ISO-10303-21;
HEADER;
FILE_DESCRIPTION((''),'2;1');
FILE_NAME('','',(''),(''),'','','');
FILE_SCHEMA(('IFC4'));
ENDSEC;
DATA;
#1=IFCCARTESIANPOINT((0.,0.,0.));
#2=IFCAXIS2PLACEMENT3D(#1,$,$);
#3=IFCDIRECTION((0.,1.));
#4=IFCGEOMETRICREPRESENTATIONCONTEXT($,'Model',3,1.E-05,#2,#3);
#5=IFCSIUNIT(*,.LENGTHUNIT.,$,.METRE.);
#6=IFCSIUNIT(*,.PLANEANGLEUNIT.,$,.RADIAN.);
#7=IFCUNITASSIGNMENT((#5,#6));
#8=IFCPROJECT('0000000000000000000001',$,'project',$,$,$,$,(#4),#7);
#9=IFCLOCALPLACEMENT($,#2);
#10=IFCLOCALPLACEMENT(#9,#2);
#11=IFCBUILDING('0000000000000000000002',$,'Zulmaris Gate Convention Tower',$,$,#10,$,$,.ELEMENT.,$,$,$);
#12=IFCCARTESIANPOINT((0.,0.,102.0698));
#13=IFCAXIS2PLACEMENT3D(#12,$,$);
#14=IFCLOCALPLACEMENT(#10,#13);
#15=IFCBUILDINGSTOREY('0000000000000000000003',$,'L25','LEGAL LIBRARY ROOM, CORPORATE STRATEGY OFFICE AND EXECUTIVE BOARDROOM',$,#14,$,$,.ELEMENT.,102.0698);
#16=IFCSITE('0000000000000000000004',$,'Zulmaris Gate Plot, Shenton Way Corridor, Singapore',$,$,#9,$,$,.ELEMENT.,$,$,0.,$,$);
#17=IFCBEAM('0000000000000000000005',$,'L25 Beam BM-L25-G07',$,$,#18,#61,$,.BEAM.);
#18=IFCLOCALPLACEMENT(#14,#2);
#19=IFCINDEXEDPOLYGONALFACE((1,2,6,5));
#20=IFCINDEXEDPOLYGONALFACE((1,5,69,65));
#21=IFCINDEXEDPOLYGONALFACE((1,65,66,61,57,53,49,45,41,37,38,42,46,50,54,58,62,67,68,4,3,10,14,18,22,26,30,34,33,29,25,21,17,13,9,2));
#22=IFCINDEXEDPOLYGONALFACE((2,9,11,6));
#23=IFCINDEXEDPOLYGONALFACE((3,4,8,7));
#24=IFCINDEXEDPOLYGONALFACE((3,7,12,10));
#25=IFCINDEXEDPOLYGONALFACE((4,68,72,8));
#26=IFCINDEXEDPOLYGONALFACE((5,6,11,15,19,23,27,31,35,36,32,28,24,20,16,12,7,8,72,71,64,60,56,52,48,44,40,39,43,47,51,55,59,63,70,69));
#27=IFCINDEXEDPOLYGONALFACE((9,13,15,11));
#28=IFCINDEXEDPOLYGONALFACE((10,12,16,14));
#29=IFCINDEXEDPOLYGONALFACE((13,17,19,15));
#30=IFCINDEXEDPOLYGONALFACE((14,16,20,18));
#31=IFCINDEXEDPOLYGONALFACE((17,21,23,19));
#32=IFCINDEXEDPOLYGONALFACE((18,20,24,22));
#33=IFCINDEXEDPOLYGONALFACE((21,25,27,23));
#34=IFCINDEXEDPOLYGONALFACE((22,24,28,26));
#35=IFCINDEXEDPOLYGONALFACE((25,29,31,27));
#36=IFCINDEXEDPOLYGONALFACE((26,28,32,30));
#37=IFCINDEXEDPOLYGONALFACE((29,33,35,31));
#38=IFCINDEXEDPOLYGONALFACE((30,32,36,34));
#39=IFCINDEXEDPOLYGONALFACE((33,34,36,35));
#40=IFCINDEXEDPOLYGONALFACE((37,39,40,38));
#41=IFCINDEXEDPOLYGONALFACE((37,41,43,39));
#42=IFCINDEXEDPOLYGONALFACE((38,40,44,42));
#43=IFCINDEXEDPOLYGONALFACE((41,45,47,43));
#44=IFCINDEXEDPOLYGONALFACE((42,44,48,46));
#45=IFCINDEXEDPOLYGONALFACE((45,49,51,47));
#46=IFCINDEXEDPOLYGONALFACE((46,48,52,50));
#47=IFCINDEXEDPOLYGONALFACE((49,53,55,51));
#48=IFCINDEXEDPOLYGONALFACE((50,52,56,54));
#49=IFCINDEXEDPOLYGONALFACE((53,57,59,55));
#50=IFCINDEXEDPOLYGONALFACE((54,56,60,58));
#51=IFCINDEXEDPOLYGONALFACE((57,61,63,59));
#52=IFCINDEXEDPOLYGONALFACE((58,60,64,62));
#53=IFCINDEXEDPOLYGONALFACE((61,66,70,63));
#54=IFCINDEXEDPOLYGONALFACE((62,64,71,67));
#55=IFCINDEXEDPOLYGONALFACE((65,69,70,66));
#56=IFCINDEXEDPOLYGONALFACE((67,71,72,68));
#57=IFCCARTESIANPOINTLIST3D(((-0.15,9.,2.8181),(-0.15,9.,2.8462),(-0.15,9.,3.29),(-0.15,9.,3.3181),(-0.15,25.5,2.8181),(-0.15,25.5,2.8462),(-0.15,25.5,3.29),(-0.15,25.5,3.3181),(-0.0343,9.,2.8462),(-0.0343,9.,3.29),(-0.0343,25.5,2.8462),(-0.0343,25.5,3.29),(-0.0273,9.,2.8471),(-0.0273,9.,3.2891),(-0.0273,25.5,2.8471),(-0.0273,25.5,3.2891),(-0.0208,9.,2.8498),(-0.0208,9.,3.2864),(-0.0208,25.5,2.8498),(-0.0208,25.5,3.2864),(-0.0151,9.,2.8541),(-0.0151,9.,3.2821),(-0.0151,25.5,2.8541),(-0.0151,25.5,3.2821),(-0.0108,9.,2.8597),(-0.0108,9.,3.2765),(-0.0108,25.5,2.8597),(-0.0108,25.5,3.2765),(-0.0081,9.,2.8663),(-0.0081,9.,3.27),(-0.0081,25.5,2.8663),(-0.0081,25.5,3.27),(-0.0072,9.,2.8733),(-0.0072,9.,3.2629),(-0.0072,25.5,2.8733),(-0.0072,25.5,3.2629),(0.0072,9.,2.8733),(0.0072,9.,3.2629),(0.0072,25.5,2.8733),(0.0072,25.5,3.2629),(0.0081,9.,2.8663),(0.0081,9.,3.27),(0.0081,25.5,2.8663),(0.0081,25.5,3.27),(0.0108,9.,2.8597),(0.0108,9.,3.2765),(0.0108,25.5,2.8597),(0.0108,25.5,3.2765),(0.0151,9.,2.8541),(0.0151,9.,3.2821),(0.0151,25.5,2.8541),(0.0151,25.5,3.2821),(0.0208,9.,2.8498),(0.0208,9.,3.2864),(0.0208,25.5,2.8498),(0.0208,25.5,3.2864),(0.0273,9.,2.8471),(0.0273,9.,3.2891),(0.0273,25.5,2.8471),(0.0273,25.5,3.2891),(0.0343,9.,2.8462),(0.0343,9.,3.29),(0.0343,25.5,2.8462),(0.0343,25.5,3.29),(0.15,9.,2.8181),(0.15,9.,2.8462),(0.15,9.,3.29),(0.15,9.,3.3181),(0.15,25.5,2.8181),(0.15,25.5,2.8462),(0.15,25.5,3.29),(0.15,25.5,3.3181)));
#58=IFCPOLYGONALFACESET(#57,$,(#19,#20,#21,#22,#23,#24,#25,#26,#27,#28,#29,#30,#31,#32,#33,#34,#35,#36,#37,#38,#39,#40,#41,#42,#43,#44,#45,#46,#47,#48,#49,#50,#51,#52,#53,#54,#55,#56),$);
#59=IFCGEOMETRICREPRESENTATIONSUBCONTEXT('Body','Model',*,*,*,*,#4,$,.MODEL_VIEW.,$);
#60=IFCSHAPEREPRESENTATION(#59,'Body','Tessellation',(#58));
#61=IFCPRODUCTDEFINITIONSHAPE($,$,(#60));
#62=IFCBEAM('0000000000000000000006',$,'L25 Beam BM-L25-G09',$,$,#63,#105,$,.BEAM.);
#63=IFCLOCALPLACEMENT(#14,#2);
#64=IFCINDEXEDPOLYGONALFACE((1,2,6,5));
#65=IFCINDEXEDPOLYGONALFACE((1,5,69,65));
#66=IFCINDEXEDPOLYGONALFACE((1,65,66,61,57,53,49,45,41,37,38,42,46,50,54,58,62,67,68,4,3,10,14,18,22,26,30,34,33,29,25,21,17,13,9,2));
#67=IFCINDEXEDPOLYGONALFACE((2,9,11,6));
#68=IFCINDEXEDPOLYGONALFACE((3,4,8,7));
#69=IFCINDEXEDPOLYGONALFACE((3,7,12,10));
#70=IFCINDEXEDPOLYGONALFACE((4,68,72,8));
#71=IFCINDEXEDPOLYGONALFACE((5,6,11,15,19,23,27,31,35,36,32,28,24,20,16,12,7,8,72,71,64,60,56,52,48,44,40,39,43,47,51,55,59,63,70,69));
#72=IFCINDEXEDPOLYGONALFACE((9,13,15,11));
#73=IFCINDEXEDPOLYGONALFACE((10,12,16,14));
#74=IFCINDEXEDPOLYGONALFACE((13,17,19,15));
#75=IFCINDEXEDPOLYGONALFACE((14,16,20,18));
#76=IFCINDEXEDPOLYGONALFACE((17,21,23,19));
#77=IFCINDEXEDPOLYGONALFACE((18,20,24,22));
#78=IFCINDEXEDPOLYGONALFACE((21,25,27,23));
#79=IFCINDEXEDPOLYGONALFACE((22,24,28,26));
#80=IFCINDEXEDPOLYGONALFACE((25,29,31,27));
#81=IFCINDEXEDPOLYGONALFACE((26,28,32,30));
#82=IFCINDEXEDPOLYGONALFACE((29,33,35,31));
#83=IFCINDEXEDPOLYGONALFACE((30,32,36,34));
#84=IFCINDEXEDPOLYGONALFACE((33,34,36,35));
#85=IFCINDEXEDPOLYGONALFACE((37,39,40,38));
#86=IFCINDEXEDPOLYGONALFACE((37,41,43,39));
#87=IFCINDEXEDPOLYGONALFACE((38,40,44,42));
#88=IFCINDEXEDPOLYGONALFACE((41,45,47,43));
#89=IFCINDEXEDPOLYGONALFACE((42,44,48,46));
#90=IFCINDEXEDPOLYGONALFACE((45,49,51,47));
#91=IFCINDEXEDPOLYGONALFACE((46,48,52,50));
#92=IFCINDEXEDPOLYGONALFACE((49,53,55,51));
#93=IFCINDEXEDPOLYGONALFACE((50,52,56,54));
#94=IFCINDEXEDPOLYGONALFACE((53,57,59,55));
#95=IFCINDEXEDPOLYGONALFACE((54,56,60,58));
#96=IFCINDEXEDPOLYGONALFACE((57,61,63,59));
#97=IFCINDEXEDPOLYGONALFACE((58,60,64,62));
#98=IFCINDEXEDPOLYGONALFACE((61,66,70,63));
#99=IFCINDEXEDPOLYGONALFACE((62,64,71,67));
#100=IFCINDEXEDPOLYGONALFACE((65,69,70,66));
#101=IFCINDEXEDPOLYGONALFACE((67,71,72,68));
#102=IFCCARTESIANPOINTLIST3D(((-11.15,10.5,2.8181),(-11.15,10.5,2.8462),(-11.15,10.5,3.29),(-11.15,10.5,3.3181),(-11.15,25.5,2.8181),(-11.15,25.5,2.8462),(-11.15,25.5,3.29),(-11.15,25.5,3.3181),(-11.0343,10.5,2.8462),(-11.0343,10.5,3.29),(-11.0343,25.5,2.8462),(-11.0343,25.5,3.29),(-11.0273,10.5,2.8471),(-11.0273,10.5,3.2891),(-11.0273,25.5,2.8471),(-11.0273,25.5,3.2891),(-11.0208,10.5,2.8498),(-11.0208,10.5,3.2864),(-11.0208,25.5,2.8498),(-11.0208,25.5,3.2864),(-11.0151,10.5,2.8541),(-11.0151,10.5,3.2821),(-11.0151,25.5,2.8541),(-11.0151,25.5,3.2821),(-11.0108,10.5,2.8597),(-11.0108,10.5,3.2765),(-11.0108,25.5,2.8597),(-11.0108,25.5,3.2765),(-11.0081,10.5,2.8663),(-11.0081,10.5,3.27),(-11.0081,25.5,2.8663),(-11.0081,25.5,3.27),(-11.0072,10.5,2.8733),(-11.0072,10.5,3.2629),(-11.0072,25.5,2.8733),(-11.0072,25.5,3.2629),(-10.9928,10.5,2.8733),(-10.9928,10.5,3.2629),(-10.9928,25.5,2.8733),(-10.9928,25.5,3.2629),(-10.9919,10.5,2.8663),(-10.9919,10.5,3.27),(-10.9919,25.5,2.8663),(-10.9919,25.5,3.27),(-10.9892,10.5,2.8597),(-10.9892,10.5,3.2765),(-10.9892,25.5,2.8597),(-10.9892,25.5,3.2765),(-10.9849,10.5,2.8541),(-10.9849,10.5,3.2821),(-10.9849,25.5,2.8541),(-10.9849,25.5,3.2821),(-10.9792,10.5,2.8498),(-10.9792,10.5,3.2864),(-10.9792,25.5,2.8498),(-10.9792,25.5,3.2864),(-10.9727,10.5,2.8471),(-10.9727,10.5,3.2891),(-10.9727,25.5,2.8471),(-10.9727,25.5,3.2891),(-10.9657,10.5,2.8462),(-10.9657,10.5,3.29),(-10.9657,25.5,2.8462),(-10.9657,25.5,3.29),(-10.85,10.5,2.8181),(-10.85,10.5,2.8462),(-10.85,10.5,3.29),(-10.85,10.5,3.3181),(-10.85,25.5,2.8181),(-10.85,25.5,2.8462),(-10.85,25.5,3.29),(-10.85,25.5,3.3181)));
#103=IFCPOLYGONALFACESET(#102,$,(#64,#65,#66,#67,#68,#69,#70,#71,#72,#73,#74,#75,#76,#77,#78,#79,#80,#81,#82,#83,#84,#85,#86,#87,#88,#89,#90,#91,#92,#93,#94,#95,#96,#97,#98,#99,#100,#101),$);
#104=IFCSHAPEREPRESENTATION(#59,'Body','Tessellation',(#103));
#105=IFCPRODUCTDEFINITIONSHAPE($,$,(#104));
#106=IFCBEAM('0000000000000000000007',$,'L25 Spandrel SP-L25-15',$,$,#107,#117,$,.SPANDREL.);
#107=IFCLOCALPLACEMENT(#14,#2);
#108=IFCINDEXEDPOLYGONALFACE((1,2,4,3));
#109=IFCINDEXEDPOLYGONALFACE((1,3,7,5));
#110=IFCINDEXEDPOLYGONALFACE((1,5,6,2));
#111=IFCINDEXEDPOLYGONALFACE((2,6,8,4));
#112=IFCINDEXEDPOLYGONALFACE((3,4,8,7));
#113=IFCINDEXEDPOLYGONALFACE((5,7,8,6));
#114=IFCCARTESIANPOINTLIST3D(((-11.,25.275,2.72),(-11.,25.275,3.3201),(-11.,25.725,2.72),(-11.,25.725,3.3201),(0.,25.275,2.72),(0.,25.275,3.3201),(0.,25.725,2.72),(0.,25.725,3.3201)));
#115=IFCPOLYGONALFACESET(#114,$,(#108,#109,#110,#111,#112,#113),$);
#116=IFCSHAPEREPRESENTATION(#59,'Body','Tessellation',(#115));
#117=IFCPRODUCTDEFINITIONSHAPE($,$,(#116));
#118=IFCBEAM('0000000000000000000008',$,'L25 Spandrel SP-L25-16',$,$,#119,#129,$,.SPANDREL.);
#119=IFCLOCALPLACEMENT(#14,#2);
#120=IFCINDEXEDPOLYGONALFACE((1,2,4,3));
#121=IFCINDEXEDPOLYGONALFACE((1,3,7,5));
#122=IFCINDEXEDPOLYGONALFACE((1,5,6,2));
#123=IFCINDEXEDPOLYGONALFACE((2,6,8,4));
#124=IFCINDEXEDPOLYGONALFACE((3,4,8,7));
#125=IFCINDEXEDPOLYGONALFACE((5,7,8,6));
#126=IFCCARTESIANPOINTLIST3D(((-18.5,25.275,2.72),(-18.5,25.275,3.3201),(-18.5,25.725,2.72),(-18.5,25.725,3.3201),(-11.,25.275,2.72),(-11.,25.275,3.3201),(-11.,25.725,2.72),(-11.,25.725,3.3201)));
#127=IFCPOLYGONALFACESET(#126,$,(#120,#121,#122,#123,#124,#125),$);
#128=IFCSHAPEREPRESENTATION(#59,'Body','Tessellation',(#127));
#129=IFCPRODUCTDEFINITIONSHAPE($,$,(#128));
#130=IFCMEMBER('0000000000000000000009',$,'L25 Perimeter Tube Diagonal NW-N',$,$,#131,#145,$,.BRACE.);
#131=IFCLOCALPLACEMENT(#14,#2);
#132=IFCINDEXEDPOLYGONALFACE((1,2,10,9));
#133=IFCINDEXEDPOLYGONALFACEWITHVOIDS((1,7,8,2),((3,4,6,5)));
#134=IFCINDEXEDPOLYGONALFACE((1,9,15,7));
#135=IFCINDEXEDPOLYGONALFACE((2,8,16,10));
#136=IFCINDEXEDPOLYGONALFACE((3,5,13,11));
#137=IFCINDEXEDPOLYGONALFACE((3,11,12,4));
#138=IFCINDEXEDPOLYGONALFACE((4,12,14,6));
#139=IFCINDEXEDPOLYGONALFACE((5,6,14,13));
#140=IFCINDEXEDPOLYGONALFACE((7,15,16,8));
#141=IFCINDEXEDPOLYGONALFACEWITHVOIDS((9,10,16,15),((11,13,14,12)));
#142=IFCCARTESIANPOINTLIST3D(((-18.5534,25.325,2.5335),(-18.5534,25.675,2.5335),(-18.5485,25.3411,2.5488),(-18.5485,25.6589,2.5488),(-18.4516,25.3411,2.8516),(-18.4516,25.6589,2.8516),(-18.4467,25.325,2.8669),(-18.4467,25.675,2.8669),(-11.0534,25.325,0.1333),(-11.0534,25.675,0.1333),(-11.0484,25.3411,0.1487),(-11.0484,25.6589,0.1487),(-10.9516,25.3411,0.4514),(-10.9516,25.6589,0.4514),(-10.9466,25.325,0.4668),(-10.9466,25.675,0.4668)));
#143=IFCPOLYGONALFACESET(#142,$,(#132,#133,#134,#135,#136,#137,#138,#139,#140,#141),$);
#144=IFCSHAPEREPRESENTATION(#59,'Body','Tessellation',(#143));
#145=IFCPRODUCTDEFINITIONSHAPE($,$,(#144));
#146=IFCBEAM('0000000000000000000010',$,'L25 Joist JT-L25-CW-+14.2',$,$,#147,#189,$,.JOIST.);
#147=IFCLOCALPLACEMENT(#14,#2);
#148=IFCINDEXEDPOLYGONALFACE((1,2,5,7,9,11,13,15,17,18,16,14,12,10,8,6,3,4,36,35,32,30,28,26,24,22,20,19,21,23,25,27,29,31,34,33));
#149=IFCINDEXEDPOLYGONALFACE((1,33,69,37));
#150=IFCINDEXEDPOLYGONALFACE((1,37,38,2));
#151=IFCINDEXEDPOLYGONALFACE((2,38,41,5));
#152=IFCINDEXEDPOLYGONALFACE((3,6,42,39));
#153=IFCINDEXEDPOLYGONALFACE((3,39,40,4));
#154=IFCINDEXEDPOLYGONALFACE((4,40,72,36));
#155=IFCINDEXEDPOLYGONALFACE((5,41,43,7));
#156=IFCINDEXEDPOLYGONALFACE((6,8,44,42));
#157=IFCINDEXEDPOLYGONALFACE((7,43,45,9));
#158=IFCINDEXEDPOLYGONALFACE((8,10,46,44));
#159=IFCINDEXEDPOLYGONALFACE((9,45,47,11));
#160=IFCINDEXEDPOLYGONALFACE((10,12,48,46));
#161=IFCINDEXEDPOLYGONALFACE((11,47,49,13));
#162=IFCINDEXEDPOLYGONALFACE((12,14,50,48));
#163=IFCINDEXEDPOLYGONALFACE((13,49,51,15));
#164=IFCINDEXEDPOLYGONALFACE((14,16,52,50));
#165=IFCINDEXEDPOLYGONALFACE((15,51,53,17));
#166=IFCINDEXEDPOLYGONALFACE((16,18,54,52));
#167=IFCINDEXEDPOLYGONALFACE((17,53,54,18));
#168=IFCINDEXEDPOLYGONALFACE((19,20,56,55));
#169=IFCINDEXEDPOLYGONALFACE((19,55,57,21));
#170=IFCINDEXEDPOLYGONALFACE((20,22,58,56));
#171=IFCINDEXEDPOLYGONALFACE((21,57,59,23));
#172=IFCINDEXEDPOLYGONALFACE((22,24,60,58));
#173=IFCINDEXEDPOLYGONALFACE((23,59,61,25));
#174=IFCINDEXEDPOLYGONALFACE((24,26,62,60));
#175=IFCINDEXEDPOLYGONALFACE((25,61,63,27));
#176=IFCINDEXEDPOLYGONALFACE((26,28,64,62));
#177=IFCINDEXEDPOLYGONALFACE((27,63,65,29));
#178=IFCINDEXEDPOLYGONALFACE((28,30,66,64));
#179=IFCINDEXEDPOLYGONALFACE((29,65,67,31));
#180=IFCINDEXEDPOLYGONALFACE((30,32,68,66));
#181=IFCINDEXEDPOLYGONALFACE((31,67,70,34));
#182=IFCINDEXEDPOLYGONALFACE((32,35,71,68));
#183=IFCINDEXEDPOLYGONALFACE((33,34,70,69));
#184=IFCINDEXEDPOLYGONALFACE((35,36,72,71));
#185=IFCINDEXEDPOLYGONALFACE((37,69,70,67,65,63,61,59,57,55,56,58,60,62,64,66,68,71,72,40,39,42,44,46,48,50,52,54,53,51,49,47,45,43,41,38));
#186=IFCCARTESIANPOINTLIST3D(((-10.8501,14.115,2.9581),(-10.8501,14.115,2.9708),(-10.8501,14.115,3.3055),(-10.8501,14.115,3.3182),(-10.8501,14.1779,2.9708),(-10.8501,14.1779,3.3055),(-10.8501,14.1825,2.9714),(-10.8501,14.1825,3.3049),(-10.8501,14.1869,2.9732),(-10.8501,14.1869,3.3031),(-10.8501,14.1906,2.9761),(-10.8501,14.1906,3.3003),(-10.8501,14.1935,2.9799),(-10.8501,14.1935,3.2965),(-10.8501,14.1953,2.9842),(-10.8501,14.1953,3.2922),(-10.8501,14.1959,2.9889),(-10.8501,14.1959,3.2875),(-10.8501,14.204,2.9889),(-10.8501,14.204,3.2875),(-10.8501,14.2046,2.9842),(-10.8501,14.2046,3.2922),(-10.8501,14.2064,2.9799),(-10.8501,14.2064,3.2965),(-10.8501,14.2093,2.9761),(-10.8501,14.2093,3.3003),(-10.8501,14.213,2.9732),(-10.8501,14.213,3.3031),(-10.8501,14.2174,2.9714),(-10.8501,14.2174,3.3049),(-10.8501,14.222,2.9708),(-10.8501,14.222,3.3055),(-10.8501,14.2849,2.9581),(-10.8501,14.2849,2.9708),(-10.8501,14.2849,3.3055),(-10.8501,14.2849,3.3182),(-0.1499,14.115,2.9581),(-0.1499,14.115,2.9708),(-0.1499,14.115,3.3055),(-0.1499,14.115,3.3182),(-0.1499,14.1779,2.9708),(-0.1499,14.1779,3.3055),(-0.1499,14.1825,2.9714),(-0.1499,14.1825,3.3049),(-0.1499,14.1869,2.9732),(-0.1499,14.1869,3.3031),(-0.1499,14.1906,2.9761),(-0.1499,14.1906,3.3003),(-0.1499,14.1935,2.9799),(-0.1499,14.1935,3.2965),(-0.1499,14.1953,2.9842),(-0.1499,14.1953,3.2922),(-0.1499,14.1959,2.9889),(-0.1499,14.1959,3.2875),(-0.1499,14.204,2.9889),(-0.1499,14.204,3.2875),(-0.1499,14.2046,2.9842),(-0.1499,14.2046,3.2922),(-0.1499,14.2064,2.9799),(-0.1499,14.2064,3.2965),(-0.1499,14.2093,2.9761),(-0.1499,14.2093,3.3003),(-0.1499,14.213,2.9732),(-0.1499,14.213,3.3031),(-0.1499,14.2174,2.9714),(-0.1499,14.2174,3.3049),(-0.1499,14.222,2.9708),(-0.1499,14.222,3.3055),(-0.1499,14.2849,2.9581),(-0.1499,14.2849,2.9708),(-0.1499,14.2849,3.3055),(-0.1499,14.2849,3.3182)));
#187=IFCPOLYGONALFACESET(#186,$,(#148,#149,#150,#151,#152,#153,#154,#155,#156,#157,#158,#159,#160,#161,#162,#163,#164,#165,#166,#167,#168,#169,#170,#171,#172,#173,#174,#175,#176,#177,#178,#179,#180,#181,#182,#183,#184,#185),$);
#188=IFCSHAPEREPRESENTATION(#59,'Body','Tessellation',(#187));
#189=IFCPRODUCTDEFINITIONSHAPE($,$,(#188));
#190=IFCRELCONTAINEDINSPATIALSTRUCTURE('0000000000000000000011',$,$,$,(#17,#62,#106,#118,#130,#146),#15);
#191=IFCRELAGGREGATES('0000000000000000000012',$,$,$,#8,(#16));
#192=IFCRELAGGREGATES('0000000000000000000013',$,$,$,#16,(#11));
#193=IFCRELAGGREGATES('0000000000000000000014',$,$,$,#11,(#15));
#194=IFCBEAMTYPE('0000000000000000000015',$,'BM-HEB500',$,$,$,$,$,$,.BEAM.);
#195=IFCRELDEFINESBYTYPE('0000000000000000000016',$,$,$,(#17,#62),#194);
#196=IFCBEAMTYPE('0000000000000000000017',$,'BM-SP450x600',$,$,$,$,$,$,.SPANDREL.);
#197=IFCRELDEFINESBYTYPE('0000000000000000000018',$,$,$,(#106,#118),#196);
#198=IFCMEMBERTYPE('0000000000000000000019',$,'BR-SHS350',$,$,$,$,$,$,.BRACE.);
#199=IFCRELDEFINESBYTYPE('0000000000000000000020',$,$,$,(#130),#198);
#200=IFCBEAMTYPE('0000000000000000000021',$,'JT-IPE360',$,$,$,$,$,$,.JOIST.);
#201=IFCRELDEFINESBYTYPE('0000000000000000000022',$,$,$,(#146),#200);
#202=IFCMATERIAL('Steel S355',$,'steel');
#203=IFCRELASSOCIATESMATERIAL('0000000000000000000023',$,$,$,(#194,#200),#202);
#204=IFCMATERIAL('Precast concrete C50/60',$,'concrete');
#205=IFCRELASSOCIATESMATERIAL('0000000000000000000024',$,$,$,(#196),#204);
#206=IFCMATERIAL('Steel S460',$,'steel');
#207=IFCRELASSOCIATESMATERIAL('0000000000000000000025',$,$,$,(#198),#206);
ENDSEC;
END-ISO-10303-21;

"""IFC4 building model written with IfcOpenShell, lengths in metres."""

from ifc_helpers import new_model, si_unit, direction, frame, origin, origin_2d, place, context, subcontext, project, spatial, rectangle, hollow_rectangle, i_section, extrude, material, material_profile, profile_set, type_object, element, save


model = new_model("IFC4")

# Units and contexts
model_context = context("Model", 3, precision=1e-05, world=origin(), true_north=direction((0.0, 1.0)))
body_context = subcontext(model_context, "Body", "Model", "MODEL_VIEW")
ifc_project = project(units=[si_unit("LENGTHUNIT", "METRE"), si_unit("PLANEANGLEUNIT", "RADIAN")], contexts=[model_context])

# Site, building, storey
site_placement = place(None, origin())
site = spatial("IfcSite", under=ifc_project, at=site_placement, Name="Zulmaris Gate Plot, Shenton Way Corridor, Singapore", CompositionType="ELEMENT", RefElevation=0.0)
building_placement = place(site_placement, origin())
building = spatial("IfcBuilding", under=site, at=building_placement, Name="Zulmaris Gate Convention Tower", CompositionType="ELEMENT")
storey_placement = place(building_placement, frame((0.0, 0.0, 102.0698)))
storey = spatial("IfcBuildingStorey", under=building, at=storey_placement, Name="L25", Description="LEGAL LIBRARY ROOM, CORPORATE STRATEGY OFFICE AND EXECUTIVE BOARDROOM", CompositionType="ELEMENT", Elevation=102.0698)

# Beams
ifc_material_1 = material(Name="Steel S355", Category="steel")
ifc_material_profile_1 = material_profile(ifc_material_1, i_section(OverallWidth=0.3, OverallDepth=0.5, WebThickness=0.0144, FlangeThickness=0.0281, FilletRadius=0.0271, at=origin_2d()), Name="HEB 500")
ifc_profile_set_1 = profile_set([ifc_material_profile_1], Name="Steel S355")
beam_type_1 = type_object("IfcBeamType", Name="BM-HEB500", PredefinedType="BEAM", material=ifc_profile_set_1)
beam_1_placement = place(storey_placement, frame((0.0, 9.0, 3.0681), z_axis=(0.0, 1.0, 0.0), x_axis=(-1.0, 0.0, 0.0)))
element("IfcBeam", 1, at=beam_1_placement, inside=storey, type_object=beam_type_1, Name="L25 Beam BM-L25-G07", PredefinedType="BEAM", context=body_context, shape_type="SweptSolid", body=[
    extrude(i_section(OverallWidth=0.3, OverallDepth=0.5, WebThickness=0.0144, FlangeThickness=0.0281, FilletRadius=0.0271, at=origin_2d()), origin(), (0.0, 0.0, 1.0), 16.5),
])
beam_2_placement = place(storey_placement, frame((-11.0, 10.5, 3.0681), z_axis=(0.0, 1.0, 0.0), x_axis=(-1.0, 0.0, 0.0)))
element("IfcBeam", 2, at=beam_2_placement, inside=storey, type_object=beam_type_1, Name="L25 Beam BM-L25-G09", PredefinedType="BEAM", context=body_context, shape_type="SweptSolid", body=[
    extrude(i_section(OverallWidth=0.3, OverallDepth=0.5, WebThickness=0.0144, FlangeThickness=0.0281, FilletRadius=0.0271, at=origin_2d()), origin(), (0.0, 0.0, 1.0), 15.0),
])
ifc_material_2 = material(Name="Precast concrete C50/60", Category="concrete")
ifc_material_profile_2 = material_profile(ifc_material_2, rectangle(XDim=0.45, YDim=0.6001, at=origin_2d()), Name="RC SPANDREL 450x600")
ifc_profile_set_2 = profile_set([ifc_material_profile_2], Name="Precast concrete C50/60")
beam_type_2 = type_object("IfcBeamType", Name="BM-SP450x600", PredefinedType="SPANDREL", material=ifc_profile_set_2)
beam_3_placement = place(storey_placement, frame((0.0, 25.5, 3.02), z_axis=(-1.0, 0.0, 0.0), x_axis=(0.0, -1.0, 0.0)))
element("IfcBeam", 3, at=beam_3_placement, inside=storey, type_object=beam_type_2, Name="L25 Spandrel SP-L25-15", PredefinedType="SPANDREL", context=body_context, shape_type="SweptSolid", body=[
    extrude(rectangle(XDim=0.45, YDim=0.6001, at=origin_2d()), origin(), (0.0, 0.0, 1.0), 11.0),
])
beam_4_placement = place(storey_placement, frame((-11.0, 25.5, 3.02), z_axis=(-1.0, 0.0, 0.0), x_axis=(0.0, -1.0, 0.0)))
element("IfcBeam", 4, at=beam_4_placement, inside=storey, type_object=beam_type_2, Name="L25 Spandrel SP-L25-16", PredefinedType="SPANDREL", context=body_context, shape_type="SweptSolid", body=[
    extrude(rectangle(XDim=0.45, YDim=0.6001, at=origin_2d()), origin(), (0.0, 0.0, 1.0), 7.5),
])

# Member
ifc_material_3 = material(Name="Steel S460", Category="steel")
ifc_material_profile_3 = material_profile(ifc_material_3, hollow_rectangle(XDim=0.3501, YDim=0.3501, WallThickness=0.0161, at=origin_2d()), Name="SHS 350x350x16")
ifc_profile_set_3 = profile_set([ifc_material_profile_3], Name="Steel S460")
member_type = type_object("IfcMemberType", Name="BR-SHS350", PredefinedType="BRACE", material=ifc_profile_set_3)
member_placement = place(storey_placement, frame((-11.0, 25.5, 0.3), z_axis=(-0.952419, 0.0, 0.304793), x_axis=(0.0, -1.0, 0.0)))
element("IfcMember", 5, at=member_placement, inside=storey, type_object=member_type, Name="L25 Perimeter Tube Diagonal NW-N", PredefinedType="BRACE", context=body_context, shape_type="SweptSolid", body=[
    extrude(hollow_rectangle(XDim=0.3501, YDim=0.3501, WallThickness=0.0161, at=origin_2d()), origin(), (0.0, 0.0, 1.0), 7.8748),
])

# Beam
ifc_material_profile_4 = material_profile(ifc_material_1, i_section(OverallWidth=0.1699, OverallDepth=0.3601, WebThickness=0.0081, FlangeThickness=0.0127, FilletRadius=0.0181, at=origin_2d()), Name="IPE 360")
ifc_profile_set_4 = profile_set([ifc_material_profile_4], Name="Steel S355")
beam_type_3 = type_object("IfcBeamType", Name="JT-IPE360", PredefinedType="JOIST", material=ifc_profile_set_4)
for number, where, z_axis, x_axis, name in (
    (6, (-10.8501, 14.2, 3.1382), (1.0, 0.0, 0.0), (0.0, 1.0, 0.0), "L25 Joist JT-L25-CW-+14.2"),
):
    element("IfcBeam", number, at=place(storey_placement, frame(where, z_axis=z_axis, x_axis=x_axis)), inside=storey, type_object=beam_type_3, Name=name, PredefinedType="JOIST", context=body_context, shape_type="SweptSolid", body=[
        extrude(i_section(OverallWidth=0.1699, OverallDepth=0.3601, WebThickness=0.0081, FlangeThickness=0.0127, FilletRadius=0.0181, at=origin_2d()), origin(), (0.0, 0.0, 1.0), 10.7002),
    ])

save(model, "model.ifc")
